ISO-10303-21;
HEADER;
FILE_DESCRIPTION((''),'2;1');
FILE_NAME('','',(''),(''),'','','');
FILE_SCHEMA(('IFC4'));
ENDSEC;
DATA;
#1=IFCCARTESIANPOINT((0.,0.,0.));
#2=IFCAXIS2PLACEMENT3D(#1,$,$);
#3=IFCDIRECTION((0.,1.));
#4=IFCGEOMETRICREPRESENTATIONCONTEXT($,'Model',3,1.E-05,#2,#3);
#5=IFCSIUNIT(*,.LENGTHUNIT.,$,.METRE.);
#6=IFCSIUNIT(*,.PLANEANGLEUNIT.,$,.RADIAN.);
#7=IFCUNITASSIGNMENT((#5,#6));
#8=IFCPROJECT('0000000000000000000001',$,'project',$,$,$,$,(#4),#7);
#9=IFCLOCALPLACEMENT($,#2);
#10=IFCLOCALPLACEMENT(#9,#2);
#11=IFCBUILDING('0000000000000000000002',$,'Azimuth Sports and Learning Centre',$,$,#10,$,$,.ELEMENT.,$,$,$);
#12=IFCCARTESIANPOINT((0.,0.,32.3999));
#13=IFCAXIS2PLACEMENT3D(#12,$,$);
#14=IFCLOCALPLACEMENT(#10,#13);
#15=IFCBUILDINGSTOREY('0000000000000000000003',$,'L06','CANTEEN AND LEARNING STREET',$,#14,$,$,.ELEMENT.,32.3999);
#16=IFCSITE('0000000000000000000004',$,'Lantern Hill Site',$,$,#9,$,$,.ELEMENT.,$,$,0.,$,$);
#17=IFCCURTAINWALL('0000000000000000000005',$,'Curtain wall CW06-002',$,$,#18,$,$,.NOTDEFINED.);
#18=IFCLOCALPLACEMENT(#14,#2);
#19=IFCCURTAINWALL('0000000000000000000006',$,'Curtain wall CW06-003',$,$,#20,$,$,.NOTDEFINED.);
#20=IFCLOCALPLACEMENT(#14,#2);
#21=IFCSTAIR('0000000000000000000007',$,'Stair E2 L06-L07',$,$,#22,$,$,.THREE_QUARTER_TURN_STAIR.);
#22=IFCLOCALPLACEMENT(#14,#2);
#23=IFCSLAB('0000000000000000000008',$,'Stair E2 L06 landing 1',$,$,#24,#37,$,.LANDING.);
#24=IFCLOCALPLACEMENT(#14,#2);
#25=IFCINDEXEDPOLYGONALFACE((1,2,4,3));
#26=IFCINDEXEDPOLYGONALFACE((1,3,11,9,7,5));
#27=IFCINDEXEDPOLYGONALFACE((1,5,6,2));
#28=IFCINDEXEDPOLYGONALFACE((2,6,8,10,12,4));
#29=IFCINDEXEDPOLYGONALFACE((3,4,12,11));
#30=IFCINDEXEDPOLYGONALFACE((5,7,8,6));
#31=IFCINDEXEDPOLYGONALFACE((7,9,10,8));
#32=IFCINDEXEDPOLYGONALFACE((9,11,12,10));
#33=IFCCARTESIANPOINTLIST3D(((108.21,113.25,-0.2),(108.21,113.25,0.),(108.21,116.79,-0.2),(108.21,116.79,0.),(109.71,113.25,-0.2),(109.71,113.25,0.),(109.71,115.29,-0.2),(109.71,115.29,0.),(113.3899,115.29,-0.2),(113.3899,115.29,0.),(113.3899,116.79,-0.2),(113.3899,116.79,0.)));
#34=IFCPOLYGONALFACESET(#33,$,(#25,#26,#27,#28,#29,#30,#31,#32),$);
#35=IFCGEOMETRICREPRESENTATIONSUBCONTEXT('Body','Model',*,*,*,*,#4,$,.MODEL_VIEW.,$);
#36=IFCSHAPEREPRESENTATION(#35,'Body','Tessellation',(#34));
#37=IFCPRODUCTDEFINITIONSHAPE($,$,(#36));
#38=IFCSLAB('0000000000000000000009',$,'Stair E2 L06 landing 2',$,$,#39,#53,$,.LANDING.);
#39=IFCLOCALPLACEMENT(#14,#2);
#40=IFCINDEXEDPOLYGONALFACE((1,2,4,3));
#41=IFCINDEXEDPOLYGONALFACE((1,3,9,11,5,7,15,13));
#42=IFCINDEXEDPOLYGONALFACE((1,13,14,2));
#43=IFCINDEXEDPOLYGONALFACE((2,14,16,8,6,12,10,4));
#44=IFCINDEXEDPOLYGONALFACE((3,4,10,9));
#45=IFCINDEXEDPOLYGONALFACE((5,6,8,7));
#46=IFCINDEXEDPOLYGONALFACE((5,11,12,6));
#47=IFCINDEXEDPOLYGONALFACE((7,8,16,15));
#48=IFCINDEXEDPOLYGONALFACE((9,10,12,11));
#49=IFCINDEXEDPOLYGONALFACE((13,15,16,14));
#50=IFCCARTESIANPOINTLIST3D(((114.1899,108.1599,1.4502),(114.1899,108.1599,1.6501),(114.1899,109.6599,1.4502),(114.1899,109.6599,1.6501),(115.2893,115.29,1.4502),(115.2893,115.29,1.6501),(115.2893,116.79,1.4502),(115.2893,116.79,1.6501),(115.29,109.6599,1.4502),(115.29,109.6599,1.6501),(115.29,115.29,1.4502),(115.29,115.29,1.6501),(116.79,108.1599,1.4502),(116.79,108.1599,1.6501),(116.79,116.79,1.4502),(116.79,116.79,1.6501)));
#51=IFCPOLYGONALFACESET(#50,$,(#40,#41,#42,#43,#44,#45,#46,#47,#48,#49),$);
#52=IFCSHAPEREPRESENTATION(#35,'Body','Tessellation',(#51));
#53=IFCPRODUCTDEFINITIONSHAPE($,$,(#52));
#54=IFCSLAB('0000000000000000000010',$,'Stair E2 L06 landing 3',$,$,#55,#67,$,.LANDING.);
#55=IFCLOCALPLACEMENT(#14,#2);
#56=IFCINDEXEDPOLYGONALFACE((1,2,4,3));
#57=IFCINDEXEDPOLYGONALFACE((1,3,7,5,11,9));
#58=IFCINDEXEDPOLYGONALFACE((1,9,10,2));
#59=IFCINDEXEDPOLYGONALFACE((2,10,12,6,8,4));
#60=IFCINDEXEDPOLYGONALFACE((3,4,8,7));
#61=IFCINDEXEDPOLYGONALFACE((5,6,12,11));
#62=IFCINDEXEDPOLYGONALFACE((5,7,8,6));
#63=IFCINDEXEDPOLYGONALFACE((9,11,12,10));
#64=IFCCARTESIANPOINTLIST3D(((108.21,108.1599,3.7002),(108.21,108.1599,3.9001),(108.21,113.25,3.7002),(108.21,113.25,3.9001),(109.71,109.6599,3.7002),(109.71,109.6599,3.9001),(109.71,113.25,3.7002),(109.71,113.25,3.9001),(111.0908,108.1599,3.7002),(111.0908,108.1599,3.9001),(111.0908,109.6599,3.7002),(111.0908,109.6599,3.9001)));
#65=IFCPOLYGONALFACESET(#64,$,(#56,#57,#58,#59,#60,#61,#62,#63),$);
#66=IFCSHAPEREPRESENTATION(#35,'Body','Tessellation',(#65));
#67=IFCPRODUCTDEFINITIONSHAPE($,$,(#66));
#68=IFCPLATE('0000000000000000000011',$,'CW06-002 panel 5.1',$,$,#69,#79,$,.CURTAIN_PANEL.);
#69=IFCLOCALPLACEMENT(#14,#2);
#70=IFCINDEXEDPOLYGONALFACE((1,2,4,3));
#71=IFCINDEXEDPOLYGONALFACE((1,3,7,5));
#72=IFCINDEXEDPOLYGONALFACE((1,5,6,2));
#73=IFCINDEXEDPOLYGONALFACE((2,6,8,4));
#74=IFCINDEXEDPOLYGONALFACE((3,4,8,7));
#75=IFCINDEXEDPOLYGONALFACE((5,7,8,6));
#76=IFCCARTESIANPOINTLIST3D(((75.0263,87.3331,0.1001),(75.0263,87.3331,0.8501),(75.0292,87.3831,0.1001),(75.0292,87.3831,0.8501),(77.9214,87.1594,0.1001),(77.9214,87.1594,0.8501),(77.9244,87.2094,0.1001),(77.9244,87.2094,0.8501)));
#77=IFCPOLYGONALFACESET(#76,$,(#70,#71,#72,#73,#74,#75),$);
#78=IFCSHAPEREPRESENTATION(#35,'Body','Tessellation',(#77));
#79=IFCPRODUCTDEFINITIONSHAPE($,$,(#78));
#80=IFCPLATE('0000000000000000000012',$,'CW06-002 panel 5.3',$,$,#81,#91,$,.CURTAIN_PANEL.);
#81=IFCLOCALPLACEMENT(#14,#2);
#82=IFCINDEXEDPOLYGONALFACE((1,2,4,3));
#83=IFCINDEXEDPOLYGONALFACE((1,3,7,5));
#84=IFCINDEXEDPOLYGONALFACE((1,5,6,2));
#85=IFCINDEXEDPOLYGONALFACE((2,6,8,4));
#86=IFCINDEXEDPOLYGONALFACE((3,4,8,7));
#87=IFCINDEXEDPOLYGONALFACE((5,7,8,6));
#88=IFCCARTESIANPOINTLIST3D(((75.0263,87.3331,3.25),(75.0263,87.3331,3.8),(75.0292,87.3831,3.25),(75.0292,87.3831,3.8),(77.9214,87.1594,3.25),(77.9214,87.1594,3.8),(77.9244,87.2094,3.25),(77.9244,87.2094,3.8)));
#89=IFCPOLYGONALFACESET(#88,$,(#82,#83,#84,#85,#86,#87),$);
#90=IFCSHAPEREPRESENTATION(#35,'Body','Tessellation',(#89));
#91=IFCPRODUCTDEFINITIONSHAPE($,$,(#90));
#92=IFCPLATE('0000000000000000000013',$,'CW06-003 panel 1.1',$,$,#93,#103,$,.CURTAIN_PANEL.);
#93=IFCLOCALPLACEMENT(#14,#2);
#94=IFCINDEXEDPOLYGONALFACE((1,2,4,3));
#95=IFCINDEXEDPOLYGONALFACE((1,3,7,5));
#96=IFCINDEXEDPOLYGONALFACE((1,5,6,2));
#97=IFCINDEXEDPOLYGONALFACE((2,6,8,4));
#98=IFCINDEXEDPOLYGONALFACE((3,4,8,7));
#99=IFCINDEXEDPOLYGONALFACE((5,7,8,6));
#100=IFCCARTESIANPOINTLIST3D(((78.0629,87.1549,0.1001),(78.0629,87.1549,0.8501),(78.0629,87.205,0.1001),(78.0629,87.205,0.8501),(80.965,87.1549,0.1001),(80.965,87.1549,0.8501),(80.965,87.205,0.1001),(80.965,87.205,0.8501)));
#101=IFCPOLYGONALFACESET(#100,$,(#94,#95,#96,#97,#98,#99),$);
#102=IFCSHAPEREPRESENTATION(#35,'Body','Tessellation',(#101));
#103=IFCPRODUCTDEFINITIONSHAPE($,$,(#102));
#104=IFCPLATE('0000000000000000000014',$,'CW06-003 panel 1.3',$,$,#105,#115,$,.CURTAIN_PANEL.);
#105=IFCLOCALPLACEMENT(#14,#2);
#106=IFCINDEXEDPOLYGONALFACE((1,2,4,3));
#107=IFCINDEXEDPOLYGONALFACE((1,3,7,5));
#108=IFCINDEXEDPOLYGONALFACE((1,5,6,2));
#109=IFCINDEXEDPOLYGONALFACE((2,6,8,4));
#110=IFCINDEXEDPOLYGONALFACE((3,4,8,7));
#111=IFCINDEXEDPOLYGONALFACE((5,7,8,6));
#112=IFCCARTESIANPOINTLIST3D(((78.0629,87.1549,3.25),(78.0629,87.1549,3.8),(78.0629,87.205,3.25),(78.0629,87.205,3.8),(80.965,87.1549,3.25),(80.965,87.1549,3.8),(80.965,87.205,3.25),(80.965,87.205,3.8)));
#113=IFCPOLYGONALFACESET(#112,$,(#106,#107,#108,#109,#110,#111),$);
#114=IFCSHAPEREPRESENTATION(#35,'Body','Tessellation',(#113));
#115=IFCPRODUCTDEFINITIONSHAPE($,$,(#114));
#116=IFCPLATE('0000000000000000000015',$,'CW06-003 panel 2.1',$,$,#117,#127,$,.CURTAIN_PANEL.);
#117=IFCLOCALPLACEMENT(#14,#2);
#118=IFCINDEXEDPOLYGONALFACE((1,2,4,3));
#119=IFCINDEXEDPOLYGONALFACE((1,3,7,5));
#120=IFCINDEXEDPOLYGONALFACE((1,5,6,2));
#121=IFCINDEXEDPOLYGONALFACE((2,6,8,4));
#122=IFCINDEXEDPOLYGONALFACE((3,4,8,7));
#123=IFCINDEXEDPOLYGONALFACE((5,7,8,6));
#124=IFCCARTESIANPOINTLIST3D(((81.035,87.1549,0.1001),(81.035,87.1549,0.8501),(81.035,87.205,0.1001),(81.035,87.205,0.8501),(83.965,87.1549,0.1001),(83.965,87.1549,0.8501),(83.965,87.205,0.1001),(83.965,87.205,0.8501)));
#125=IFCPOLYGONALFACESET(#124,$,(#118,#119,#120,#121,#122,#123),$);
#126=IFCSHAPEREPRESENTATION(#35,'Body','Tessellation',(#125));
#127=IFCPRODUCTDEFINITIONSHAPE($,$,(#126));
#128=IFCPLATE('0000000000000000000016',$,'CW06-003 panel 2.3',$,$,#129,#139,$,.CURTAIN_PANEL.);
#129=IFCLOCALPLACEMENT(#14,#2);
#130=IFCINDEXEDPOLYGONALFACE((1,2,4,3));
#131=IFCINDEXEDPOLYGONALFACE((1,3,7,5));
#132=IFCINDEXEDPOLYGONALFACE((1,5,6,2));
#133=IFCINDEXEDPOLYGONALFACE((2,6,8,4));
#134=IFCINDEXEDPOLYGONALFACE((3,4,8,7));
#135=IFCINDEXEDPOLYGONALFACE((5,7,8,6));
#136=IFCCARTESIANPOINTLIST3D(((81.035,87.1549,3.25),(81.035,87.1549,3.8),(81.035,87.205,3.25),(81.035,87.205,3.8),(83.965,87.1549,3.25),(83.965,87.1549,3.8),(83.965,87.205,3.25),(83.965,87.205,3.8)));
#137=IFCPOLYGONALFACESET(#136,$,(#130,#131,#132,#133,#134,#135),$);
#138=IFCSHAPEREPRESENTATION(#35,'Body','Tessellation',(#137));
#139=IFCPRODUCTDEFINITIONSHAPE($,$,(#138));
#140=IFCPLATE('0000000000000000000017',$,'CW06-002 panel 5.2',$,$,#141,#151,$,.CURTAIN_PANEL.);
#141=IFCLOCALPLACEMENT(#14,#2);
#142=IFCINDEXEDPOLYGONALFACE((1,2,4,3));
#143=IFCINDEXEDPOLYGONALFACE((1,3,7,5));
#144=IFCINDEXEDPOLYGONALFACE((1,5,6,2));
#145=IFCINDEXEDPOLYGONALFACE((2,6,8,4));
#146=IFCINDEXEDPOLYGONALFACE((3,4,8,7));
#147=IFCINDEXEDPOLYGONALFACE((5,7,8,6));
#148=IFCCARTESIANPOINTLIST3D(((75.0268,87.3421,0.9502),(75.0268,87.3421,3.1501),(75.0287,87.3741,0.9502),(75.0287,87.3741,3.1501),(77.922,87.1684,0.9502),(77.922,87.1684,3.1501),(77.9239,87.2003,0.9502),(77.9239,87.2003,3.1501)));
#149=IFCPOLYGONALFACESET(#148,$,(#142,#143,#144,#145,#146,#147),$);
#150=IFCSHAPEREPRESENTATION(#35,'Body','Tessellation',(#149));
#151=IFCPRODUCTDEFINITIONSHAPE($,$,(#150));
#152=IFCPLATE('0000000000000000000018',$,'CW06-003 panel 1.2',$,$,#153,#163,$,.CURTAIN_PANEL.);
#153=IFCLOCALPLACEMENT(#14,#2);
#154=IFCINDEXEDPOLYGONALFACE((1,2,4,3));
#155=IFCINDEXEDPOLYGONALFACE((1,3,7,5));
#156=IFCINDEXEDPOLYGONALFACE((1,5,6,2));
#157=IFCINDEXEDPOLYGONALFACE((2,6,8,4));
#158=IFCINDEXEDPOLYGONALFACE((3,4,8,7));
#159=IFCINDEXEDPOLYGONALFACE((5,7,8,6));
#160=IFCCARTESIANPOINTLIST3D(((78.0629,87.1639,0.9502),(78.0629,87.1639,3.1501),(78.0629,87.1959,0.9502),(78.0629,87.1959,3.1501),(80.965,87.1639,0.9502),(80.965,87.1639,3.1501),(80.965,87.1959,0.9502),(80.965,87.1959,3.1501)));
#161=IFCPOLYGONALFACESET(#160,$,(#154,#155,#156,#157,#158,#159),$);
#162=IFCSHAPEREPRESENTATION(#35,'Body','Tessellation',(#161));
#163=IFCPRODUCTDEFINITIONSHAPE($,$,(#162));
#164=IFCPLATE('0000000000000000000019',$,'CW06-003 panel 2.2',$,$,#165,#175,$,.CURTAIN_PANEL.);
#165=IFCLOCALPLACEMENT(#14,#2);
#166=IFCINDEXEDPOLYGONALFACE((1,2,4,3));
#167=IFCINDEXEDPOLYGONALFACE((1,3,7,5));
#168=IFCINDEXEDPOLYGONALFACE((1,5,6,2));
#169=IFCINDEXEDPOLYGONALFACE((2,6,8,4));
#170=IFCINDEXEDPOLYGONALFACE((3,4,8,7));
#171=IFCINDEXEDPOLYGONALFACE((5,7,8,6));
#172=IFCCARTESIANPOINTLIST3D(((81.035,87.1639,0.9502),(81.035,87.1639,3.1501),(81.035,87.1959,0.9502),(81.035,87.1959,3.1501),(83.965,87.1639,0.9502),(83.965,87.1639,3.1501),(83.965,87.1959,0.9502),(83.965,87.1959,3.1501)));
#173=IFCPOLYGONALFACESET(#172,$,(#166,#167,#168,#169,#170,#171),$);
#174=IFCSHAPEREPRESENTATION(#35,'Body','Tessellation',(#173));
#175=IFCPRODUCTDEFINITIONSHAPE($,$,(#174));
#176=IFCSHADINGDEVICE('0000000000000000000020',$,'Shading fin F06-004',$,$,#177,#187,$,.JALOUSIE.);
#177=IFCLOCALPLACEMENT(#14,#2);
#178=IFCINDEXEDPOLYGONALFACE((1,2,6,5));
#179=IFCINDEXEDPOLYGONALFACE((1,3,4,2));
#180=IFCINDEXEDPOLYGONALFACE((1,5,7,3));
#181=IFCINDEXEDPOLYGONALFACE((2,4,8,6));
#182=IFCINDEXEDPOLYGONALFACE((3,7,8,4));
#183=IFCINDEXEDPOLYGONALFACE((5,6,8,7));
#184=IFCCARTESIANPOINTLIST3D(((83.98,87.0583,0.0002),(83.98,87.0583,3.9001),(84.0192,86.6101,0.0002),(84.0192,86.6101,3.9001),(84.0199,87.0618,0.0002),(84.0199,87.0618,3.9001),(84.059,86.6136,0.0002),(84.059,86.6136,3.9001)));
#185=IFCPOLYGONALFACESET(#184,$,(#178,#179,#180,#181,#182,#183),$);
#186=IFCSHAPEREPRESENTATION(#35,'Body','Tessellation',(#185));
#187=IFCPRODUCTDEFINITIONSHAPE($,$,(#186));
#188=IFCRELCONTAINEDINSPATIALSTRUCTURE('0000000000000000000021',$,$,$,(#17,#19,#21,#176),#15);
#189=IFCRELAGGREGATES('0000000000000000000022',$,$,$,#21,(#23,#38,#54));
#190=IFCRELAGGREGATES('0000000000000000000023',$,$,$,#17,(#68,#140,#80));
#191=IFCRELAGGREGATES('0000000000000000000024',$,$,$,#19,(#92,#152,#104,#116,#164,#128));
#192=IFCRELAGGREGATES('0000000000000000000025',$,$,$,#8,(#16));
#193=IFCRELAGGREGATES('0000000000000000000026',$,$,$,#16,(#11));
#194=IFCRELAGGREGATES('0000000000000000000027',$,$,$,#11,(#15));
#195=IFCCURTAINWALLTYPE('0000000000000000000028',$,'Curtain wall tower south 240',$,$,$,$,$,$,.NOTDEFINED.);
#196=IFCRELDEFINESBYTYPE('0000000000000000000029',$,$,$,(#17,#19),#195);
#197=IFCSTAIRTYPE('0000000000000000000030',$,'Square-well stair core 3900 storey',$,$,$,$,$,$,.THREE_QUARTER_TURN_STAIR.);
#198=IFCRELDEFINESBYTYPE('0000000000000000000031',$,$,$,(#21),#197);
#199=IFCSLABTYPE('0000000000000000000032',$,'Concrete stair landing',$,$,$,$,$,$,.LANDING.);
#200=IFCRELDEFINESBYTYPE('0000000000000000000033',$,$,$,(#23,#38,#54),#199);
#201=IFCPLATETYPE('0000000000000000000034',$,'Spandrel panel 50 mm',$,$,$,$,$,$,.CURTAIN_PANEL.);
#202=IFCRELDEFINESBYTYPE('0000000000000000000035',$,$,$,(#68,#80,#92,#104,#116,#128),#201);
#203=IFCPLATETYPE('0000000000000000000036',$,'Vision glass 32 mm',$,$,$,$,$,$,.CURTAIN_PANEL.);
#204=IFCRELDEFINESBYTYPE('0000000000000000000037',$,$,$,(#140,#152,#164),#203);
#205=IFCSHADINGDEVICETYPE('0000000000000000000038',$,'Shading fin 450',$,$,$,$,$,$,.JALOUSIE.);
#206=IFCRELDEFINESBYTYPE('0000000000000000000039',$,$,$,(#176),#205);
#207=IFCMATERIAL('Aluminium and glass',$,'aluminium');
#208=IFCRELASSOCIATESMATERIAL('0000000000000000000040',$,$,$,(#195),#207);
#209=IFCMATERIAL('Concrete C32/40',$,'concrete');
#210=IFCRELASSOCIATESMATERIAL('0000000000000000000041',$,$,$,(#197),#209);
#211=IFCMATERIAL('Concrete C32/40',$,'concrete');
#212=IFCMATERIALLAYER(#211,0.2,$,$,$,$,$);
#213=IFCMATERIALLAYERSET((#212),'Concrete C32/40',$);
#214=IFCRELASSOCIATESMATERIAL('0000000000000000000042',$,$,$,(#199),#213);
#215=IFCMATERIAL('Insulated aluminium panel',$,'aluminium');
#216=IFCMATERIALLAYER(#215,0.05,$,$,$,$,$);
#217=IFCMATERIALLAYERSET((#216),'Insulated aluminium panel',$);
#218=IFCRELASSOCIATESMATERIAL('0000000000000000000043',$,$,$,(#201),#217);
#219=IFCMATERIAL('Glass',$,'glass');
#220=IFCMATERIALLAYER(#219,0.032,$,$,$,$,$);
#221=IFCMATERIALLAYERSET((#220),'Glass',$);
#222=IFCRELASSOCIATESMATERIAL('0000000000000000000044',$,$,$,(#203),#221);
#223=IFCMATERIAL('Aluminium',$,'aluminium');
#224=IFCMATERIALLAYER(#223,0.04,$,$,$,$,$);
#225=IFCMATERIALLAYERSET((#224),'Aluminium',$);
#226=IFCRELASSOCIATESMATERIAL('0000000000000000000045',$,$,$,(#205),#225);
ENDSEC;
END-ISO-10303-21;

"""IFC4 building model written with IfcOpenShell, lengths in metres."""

from ifc_helpers import new_model, si_unit, direction, frame, origin, origin_2d, place, context, subcontext, project, spatial, polyline, rectangle, outline, extrude, material, layer, layer_set, type_object, element, aggregate, save


model = new_model("IFC4")

# Units and contexts
model_context = context("Model", 3, precision=1e-05, world=origin(), true_north=direction((0.0, 1.0)))
body_context = subcontext(model_context, "Body", "Model", "MODEL_VIEW")
ifc_project = project(units=[si_unit("LENGTHUNIT", "METRE"), si_unit("PLANEANGLEUNIT", "RADIAN")], contexts=[model_context])

# Site, building, storey
site_placement = place(None, origin())
site = spatial("IfcSite", under=ifc_project, at=site_placement, Name="Lantern Hill Site", CompositionType="ELEMENT", RefElevation=0.0)
building_placement = place(site_placement, origin())
building = spatial("IfcBuilding", under=site, at=building_placement, Name="Azimuth Sports and Learning Centre", CompositionType="ELEMENT")
storey_placement = place(building_placement, frame((0.0, 0.0, 32.3999)))
storey = spatial("IfcBuildingStorey", under=building, at=storey_placement, Name="L06", Description="CANTEEN AND LEARNING STREET", CompositionType="ELEMENT", Elevation=32.3999)

# Curtain wall
ifc_material_1 = material(Name="Aluminium and glass", Category="aluminium")
curtain_wall_type = type_object("IfcCurtainWallType", Name="Curtain wall tower south 240", PredefinedType="NOTDEFINED", material=ifc_material_1)
curtain_wall_1_placement = place(storey_placement, origin())
curtain_wall_1 = element("IfcCurtainWall", 1, at=curtain_wall_1_placement, inside=storey, type_object=curtain_wall_type, Name="Curtain wall CW06-002", PredefinedType="NOTDEFINED")

# Curtain wall
curtain_wall_2_placement = place(storey_placement, origin())
curtain_wall_2 = element("IfcCurtainWall", 2, at=curtain_wall_2_placement, inside=storey, type_object=curtain_wall_type, Name="Curtain wall CW06-003", PredefinedType="NOTDEFINED")

# Stair, slabs
ifc_material_2 = material(Name="Concrete C32/40", Category="concrete")
stair_type = type_object("IfcStairType", Name="Square-well stair core 3900 storey", PredefinedType="THREE_QUARTER_TURN_STAIR", material=ifc_material_2)
ifc_material_3 = material(Name="Concrete C32/40", Category="concrete")
ifc_layer_1 = layer(ifc_material_3, 0.2)
ifc_layer_set_1 = layer_set([ifc_layer_1], Name="Concrete C32/40")
slab_type_1 = type_object("IfcSlabType", Name="Concrete stair landing", PredefinedType="LANDING", material=ifc_layer_set_1)
stair_1_placement = place(storey_placement, origin())
stair_1 = element("IfcStair", 3, at=stair_1_placement, inside=storey, type_object=stair_type, Name="Stair E2 L06-L07", PredefinedType="THREE_QUARTER_TURN_STAIR")
slab_1_placement = place(storey_placement, frame((0.0, 0.0, -0.2)))
slab_1 = element("IfcSlab", 4, at=slab_1_placement, type_object=slab_type_1, Name="Stair E2 L06 landing 1", PredefinedType="LANDING", context=body_context, shape_type="SweptSolid", body=[
    extrude(outline(polyline([(108.21, 116.79), (108.21, 113.25), (109.71, 113.25), (109.71, 115.29), (113.3899, 115.29), (113.3899, 116.79), (108.21, 116.79)])), origin(), (0.0, 0.0, 1.0), 0.2),
])
slab_2_placement = place(storey_placement, frame((0.0, 0.0, 1.4502)))
slab_2 = element("IfcSlab", 5, at=slab_2_placement, type_object=slab_type_1, Name="Stair E2 L06 landing 2", PredefinedType="LANDING", context=body_context, shape_type="SweptSolid", body=[
    extrude(outline(polyline([(115.29, 115.29), (115.29, 109.6599), (114.1899, 109.6599), (114.1899, 108.1599), (116.79, 108.1599), (116.79, 116.79), (115.2893, 116.79), (115.2893, 115.29), (115.29, 115.29)])), origin(), (0.0, 0.0, 1.0), 0.2),
])
slab_3_placement = place(storey_placement, frame((0.0, 0.0, 3.7002)))
slab_3 = element("IfcSlab", 6, at=slab_3_placement, type_object=slab_type_1, Name="Stair E2 L06 landing 3", PredefinedType="LANDING", context=body_context, shape_type="SweptSolid", body=[
    extrude(outline(polyline([(109.71, 109.6599), (109.71, 113.25), (108.21, 113.25), (108.21, 108.1599), (111.0908, 108.1599), (111.0908, 109.6599), (109.71, 109.6599)])), origin(), (0.0, 0.0, 1.0), 0.2),
])
aggregate(stair_1, [slab_1, slab_2, slab_3])

# Plates
ifc_material_4 = material(Name="Insulated aluminium panel", Category="aluminium")
ifc_layer_2 = layer(ifc_material_4, 0.05)
ifc_layer_set_2 = layer_set([ifc_layer_2], Name="Insulated aluminium panel")
plate_type_1 = type_object("IfcPlateType", Name="Spandrel panel 50 mm", PredefinedType="CURTAIN_PANEL", material=ifc_layer_set_2)
plate_1_placement = place(storey_placement, frame((76.4753, 87.2712, 0.1001), z_axis=(0.0, 0.0, 1.0), x_axis=(0.998205, -0.059892, 0.0)))
plate_1 = element("IfcPlate", 7, at=plate_1_placement, type_object=plate_type_1, Name="CW06-002 panel 5.1", PredefinedType="CURTAIN_PANEL", context=body_context, shape_type="SweptSolid", body=[
    extrude(rectangle(XDim=2.9004, YDim=0.05, at=origin_2d()), origin(), (0.0, 0.0, 1.0), 0.75),
])
plate_2_placement = place(storey_placement, frame((76.4753, 87.2712, 3.25), z_axis=(0.0, 0.0, 1.0), x_axis=(0.998205, -0.059892, 0.0)))
plate_2 = element("IfcPlate", 8, at=plate_2_placement, type_object=plate_type_1, Name="CW06-002 panel 5.3", PredefinedType="CURTAIN_PANEL", context=body_context, shape_type="SweptSolid", body=[
    extrude(rectangle(XDim=2.9004, YDim=0.05, at=origin_2d()), origin(), (0.0, 0.0, 1.0), 0.55),
])
plate_3_placement = place(storey_placement, frame((79.5139, 87.1799, 0.1001), z_axis=(0.0, 0.0, 1.0), x_axis=(1.0, 0.0, 0.0)))
plate_3 = element("IfcPlate", 9, at=plate_3_placement, type_object=plate_type_1, Name="CW06-003 panel 1.1", PredefinedType="CURTAIN_PANEL", context=body_context, shape_type="SweptSolid", body=[
    extrude(rectangle(XDim=2.9021, YDim=0.05, at=origin_2d()), origin(), (0.0, 0.0, 1.0), 0.75),
])
plate_4_placement = place(storey_placement, frame((79.5139, 87.1799, 3.25), z_axis=(0.0, 0.0, 1.0), x_axis=(1.0, 0.0, 0.0)))
plate_4 = element("IfcPlate", 10, at=plate_4_placement, type_object=plate_type_1, Name="CW06-003 panel 1.3", PredefinedType="CURTAIN_PANEL", context=body_context, shape_type="SweptSolid", body=[
    extrude(rectangle(XDim=2.9021, YDim=0.05, at=origin_2d()), origin(), (0.0, 0.0, 1.0), 0.55),
])
plate_5_placement = place(storey_placement, frame((82.5, 87.1799, 0.1001), z_axis=(0.0, 0.0, 1.0), x_axis=(1.0, 0.0, 0.0)))
plate_5 = element("IfcPlate", 11, at=plate_5_placement, type_object=plate_type_1, Name="CW06-003 panel 2.1", PredefinedType="CURTAIN_PANEL", context=body_context, shape_type="SweptSolid", body=[
    extrude(rectangle(XDim=2.9299, YDim=0.05, at=origin_2d()), origin(), (0.0, 0.0, 1.0), 0.75),
])
plate_6_placement = place(storey_placement, frame((82.5, 87.1799, 3.25), z_axis=(0.0, 0.0, 1.0), x_axis=(1.0, 0.0, 0.0)))
plate_6 = element("IfcPlate", 12, at=plate_6_placement, type_object=plate_type_1, Name="CW06-003 panel 2.3", PredefinedType="CURTAIN_PANEL", context=body_context, shape_type="SweptSolid", body=[
    extrude(rectangle(XDim=2.9299, YDim=0.05, at=origin_2d()), origin(), (0.0, 0.0, 1.0), 0.55),
])
ifc_material_5 = material(Name="Glass", Category="glass")
ifc_layer_3 = layer(ifc_material_5, 0.032)
ifc_layer_set_3 = layer_set([ifc_layer_3], Name="Glass")
plate_type_2 = type_object("IfcPlateType", Name="Vision glass 32 mm", PredefinedType="CURTAIN_PANEL", material=ifc_layer_set_3)
plate_7_placement = place(storey_placement, frame((76.4753, 87.2712, 0.9502), z_axis=(0.0, 0.0, 1.0), x_axis=(0.998205, -0.059892, 0.0)))
plate_7 = element("IfcPlate", 13, at=plate_7_placement, type_object=plate_type_2, Name="CW06-002 panel 5.2", PredefinedType="CURTAIN_PANEL", context=body_context, shape_type="SweptSolid", body=[
    extrude(rectangle(XDim=2.9004, YDim=0.032, at=origin_2d()), origin(), (0.0, 0.0, 1.0), 2.2),
])
aggregate(curtain_wall_1, [plate_1, plate_7, plate_2])
plate_8_placement = place(storey_placement, frame((79.5139, 87.1799, 0.9502), z_axis=(0.0, 0.0, 1.0), x_axis=(1.0, 0.0, 0.0)))
plate_8 = element("IfcPlate", 14, at=plate_8_placement, type_object=plate_type_2, Name="CW06-003 panel 1.2", PredefinedType="CURTAIN_PANEL", context=body_context, shape_type="SweptSolid", body=[
    extrude(rectangle(XDim=2.9021, YDim=0.032, at=origin_2d()), origin(), (0.0, 0.0, 1.0), 2.2),
])
plate_9_placement = place(storey_placement, frame((82.5, 87.1799, 0.9502), z_axis=(0.0, 0.0, 1.0), x_axis=(1.0, 0.0, 0.0)))
plate_9 = element("IfcPlate", 15, at=plate_9_placement, type_object=plate_type_2, Name="CW06-003 panel 2.2", PredefinedType="CURTAIN_PANEL", context=body_context, shape_type="SweptSolid", body=[
    extrude(rectangle(XDim=2.9299, YDim=0.032, at=origin_2d()), origin(), (0.0, 0.0, 1.0), 2.2),
])
aggregate(curtain_wall_2, [plate_3, plate_8, plate_4, plate_5, plate_9, plate_6])

# Shading device
ifc_material_6 = material(Name="Aluminium", Category="aluminium")
ifc_layer_4 = layer(ifc_material_6, 0.04)
ifc_layer_set_4 = layer_set([ifc_layer_4], Name="Aluminium")
shading_device_type_1 = type_object("IfcShadingDeviceType", Name="Shading fin 450", PredefinedType="JALOUSIE", material=ifc_layer_set_4)
shading_device_placement = place(storey_placement, frame((84.0195, 86.8359, 0.0002), z_axis=(0.0, 0.0, 1.0), x_axis=(0.08698, -0.99621, 0.0)))
element("IfcShadingDevice", 16, at=shading_device_placement, inside=storey, type_object=shading_device_type_1, Name="Shading fin F06-004", PredefinedType="JALOUSIE", context=body_context, shape_type="SweptSolid", body=[
    extrude(rectangle(XDim=0.45, YDim=0.04, at=origin_2d()), origin(), (0.0, 0.0, 1.0), 3.8999),
])

save(model, "model.ifc")
